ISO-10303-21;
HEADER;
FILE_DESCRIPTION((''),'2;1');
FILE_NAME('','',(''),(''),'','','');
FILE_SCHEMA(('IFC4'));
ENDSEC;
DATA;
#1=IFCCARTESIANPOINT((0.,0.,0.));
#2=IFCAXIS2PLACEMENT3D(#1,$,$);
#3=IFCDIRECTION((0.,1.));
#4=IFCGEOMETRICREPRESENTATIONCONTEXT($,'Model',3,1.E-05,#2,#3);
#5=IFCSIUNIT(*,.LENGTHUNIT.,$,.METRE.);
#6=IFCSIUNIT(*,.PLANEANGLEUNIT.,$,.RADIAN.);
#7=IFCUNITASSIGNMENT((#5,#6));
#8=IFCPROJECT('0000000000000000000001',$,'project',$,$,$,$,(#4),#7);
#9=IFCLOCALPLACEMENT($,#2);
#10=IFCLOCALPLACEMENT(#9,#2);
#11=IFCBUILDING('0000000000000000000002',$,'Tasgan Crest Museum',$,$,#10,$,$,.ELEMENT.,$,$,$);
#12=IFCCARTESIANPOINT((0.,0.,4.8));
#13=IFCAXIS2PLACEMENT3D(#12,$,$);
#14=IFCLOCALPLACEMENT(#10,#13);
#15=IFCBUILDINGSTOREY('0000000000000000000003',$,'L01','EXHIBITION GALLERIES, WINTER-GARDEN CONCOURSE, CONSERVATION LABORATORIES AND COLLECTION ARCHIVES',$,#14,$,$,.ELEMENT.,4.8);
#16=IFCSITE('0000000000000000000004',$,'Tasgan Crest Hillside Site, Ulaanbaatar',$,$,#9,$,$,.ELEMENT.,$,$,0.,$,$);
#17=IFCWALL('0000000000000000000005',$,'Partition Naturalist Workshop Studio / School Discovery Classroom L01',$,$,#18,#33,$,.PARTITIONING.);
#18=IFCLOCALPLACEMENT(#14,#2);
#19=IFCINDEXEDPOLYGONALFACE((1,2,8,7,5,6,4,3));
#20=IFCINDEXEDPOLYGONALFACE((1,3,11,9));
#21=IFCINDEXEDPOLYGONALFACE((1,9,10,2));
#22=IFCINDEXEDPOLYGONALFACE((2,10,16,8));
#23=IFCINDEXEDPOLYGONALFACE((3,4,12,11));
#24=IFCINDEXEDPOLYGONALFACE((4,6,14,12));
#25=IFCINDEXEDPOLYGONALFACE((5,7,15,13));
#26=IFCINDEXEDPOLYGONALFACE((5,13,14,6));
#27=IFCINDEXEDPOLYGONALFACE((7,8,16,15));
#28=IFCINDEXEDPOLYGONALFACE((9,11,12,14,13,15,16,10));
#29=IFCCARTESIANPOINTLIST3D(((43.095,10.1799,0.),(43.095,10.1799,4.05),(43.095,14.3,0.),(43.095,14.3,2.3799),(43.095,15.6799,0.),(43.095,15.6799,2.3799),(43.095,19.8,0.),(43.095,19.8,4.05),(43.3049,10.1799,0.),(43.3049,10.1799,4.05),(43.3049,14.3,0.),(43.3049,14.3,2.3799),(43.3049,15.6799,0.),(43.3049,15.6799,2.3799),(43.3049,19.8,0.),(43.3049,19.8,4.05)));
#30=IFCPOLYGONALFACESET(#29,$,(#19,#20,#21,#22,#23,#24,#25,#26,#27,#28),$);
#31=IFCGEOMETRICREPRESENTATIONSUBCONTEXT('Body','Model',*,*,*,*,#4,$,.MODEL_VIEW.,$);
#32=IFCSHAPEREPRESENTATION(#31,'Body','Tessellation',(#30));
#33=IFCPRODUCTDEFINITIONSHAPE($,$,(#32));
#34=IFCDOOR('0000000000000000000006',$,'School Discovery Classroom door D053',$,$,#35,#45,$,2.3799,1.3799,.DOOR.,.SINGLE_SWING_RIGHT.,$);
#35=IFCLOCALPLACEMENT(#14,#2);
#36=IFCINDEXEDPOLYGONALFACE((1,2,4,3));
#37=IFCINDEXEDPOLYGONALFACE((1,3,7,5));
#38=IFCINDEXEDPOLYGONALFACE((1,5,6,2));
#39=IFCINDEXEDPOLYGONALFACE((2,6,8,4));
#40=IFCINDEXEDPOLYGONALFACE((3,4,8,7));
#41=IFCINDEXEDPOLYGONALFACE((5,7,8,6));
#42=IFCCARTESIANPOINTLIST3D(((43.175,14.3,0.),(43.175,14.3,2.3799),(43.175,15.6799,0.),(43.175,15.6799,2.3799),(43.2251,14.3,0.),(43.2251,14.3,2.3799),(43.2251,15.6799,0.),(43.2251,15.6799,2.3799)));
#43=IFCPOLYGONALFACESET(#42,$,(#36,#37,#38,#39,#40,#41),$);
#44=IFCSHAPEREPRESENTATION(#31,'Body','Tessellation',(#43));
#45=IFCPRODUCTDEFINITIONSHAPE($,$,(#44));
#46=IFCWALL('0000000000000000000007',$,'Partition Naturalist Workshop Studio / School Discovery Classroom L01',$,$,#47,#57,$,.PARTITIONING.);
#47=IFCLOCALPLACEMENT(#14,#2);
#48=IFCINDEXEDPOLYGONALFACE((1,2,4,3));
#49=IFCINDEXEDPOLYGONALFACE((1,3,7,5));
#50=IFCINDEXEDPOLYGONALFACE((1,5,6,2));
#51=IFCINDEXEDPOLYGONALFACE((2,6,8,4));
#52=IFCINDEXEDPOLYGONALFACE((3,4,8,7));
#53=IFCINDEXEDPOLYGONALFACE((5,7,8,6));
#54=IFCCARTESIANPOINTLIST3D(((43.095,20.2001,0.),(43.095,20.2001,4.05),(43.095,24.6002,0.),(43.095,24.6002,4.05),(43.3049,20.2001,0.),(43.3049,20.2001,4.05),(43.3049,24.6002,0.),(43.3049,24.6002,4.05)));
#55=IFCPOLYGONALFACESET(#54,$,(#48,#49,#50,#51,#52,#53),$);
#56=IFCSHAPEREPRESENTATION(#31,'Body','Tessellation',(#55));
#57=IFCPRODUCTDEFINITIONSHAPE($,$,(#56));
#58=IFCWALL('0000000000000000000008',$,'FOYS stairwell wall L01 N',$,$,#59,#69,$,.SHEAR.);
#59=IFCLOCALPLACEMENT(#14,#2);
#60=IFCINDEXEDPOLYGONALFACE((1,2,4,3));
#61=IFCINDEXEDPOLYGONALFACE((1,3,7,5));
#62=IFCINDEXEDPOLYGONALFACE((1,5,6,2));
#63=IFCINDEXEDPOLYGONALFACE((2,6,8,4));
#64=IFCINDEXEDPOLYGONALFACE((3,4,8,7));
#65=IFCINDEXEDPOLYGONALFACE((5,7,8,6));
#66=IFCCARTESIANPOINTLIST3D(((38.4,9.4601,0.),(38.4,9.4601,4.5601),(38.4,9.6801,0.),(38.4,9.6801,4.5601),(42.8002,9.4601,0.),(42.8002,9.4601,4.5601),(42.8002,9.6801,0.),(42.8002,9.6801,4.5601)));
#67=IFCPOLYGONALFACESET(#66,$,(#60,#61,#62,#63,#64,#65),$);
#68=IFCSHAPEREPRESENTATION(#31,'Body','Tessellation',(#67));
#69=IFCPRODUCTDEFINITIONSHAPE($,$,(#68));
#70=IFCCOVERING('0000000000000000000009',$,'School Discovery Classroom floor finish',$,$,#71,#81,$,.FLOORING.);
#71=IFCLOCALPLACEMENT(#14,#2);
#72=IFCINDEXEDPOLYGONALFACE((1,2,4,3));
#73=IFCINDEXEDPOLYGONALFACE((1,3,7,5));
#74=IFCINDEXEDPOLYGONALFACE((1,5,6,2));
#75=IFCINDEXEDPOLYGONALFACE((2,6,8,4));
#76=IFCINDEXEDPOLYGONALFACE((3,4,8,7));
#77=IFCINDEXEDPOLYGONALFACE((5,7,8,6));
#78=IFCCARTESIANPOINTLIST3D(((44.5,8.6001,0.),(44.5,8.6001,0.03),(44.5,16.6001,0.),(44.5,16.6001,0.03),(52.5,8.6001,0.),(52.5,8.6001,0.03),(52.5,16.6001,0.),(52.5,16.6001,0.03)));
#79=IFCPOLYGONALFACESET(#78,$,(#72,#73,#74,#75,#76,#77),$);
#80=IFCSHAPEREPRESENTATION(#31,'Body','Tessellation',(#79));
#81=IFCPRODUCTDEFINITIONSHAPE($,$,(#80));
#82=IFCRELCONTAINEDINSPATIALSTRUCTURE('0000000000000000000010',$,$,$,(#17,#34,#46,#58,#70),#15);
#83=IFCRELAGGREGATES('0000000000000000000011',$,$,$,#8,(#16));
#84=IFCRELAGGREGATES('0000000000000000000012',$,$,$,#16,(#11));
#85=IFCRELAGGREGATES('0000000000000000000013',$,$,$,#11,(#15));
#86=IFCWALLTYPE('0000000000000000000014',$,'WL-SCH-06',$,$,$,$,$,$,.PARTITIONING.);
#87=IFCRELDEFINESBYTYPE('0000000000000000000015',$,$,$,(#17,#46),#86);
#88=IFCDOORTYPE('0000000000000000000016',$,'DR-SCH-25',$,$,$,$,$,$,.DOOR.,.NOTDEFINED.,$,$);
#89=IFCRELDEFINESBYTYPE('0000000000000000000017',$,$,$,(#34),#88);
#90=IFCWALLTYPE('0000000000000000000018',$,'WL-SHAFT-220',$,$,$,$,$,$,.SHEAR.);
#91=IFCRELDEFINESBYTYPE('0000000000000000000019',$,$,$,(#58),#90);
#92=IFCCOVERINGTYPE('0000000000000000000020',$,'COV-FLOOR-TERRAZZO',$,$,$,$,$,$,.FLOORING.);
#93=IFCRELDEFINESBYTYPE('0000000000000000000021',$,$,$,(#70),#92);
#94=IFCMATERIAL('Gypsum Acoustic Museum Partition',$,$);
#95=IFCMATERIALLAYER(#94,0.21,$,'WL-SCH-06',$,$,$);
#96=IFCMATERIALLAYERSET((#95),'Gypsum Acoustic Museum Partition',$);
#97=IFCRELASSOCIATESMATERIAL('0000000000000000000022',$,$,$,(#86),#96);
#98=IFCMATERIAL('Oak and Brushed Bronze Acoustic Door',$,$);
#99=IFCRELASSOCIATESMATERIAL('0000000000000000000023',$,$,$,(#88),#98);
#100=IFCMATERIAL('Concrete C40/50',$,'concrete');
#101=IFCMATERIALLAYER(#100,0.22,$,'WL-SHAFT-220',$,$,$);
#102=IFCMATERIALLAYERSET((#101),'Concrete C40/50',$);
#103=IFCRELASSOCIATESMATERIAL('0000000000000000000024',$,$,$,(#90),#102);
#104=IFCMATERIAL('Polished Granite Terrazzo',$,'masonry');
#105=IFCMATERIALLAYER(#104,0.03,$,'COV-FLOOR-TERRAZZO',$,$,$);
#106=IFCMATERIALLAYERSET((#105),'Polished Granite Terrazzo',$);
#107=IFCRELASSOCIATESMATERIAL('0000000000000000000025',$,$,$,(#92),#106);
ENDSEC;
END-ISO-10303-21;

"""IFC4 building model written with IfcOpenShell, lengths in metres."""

from ifc_helpers import new_model, si_unit, direction, frame, frame_2d, origin, origin_2d, place, context, subcontext, project, spatial, rectangle, extrude, material, layer, layer_set, type_object, element, fill, save


model = new_model("IFC4")

# Units and contexts
model_context = context("Model", 3, precision=1e-05, world=origin(), true_north=direction((0.0, 1.0)))
body_context = subcontext(model_context, "Body", "Model", "MODEL_VIEW")
ifc_project = project(units=[si_unit("LENGTHUNIT", "METRE"), si_unit("PLANEANGLEUNIT", "RADIAN")], contexts=[model_context])

# Site, building, storey
site_placement = place(None, origin())
site = spatial("IfcSite", under=ifc_project, at=site_placement, Name="Tasgan Crest Hillside Site, Ulaanbaatar", CompositionType="ELEMENT", RefElevation=0.0)
building_placement = place(site_placement, origin())
building = spatial("IfcBuilding", under=site, at=building_placement, Name="Tasgan Crest Museum", CompositionType="ELEMENT")
storey_placement = place(building_placement, frame((0.0, 0.0, 4.8)))
storey = spatial("IfcBuildingStorey", under=building, at=storey_placement, Name="L01", Description="EXHIBITION GALLERIES, WINTER-GARDEN CONCOURSE, CONSERVATION LABORATORIES AND COLLECTION ARCHIVES", CompositionType="ELEMENT", Elevation=4.8)

# Wall, opening, door
ifc_material_1 = material(Name="Gypsum Acoustic Museum Partition")
ifc_layer_1 = layer(ifc_material_1, 0.21, Name="WL-SCH-06")
ifc_layer_set_1 = layer_set([ifc_layer_1], Name="Gypsum Acoustic Museum Partition")
wall_type_1 = type_object("IfcWallType", Name="WL-SCH-06", PredefinedType="PARTITIONING", material=ifc_layer_set_1)
wall_1_placement = place(storey_placement, frame((43.2, 10.1799, 0.0), z_axis=(0.0, 0.0, 1.0), x_axis=(0.0, 1.0, 0.0)))
wall_1 = element("IfcWall", 1, at=wall_1_placement, inside=storey, type_object=wall_type_1, Name="Partition Naturalist Workshop Studio / School Discovery Classroom L01", PredefinedType="PARTITIONING", context=body_context, shape_type="SweptSolid", body=[
    extrude(rectangle(XDim=9.6201, YDim=0.21, at=frame_2d((4.8101, 0.0))), origin(), (0.0, 0.0, 1.0), 4.05),
])
opening_placement = place(wall_1_placement, frame((4.1201, 0.0, 0.0)))
opening = element("IfcOpeningElement", 2, at=opening_placement, cuts=wall_1, PredefinedType="OPENING", context=body_context, shape_type="SweptSolid", body=[
    extrude(rectangle(XDim=1.3799, YDim=2.3799, at=frame_2d((0.6899, 1.1899))), frame((0.0, 0.115, 0.0), z_axis=(0.0, -1.0, 0.0), x_axis=(1.0, 0.0, 0.0)), (0.0, 0.0, 1.0), 0.23),
])
ifc_material_2 = material(Name="Oak and Brushed Bronze Acoustic Door")
door_type = type_object("IfcDoorType", Name="DR-SCH-25", OperationType="NOTDEFINED", PredefinedType="DOOR", material=ifc_material_2)
door_placement = place(opening_placement, origin())
door = element("IfcDoor", 3, at=door_placement, inside=storey, type_object=door_type, Name="School Discovery Classroom door D053", OperationType="SINGLE_SWING_RIGHT", OverallHeight=2.3799, OverallWidth=1.3799, PredefinedType="DOOR", context=body_context, shape_type="SweptSolid", body=[
    extrude(rectangle(XDim=1.3799, YDim=2.3799, at=frame_2d((0.6899, 1.1899))), frame((0.0, 0.0249, 0.0), z_axis=(0.0, -1.0, 0.0), x_axis=(1.0, 0.0, 0.0)), (0.0, 0.0, 1.0), 0.05),
])
fill(opening, door)

# Walls
wall_2_placement = place(storey_placement, frame((43.2, 20.2, 0.0), z_axis=(0.0, 0.0, 1.0), x_axis=(0.0, 1.0, 0.0)))
element("IfcWall", 4, at=wall_2_placement, inside=storey, type_object=wall_type_1, Name="Partition Naturalist Workshop Studio / School Discovery Classroom L01", PredefinedType="PARTITIONING", context=body_context, shape_type="SweptSolid", body=[
    extrude(rectangle(XDim=4.4001, YDim=0.21, at=frame_2d((2.2002, 0.0))), origin(), (0.0, 0.0, 1.0), 4.05),
])
ifc_material_3 = material(Name="Concrete C40/50", Category="concrete")
ifc_layer_2 = layer(ifc_material_3, 0.22, Name="WL-SHAFT-220")
ifc_layer_set_2 = layer_set([ifc_layer_2], Name="Concrete C40/50")
wall_type_2 = type_object("IfcWallType", Name="WL-SHAFT-220", PredefinedType="SHEAR", material=ifc_layer_set_2)
wall_3_placement = place(storey_placement, frame((38.3999, 9.5701, 0.0), z_axis=(0.0, 0.0, 1.0), x_axis=(1.0, 0.0, 0.0)))
element("IfcWall", 5, at=wall_3_placement, inside=storey, type_object=wall_type_2, Name="FOYS stairwell wall L01 N", PredefinedType="SHEAR", context=body_context, shape_type="SweptSolid", body=[
    extrude(rectangle(XDim=4.4001, YDim=0.22, at=frame_2d((2.2002, 0.0))), origin(), (0.0, 0.0, 1.0), 4.5601),
])

# Covering
ifc_material_4 = material(Name="Polished Granite Terrazzo", Category="masonry")
ifc_layer_3 = layer(ifc_material_4, 0.03, Name="COV-FLOOR-TERRAZZO")
ifc_layer_set_3 = layer_set([ifc_layer_3], Name="Polished Granite Terrazzo")
covering_type = type_object("IfcCoveringType", Name="COV-FLOOR-TERRAZZO", PredefinedType="FLOORING", material=ifc_layer_set_3)
covering_placement = place(storey_placement, frame((48.5, 12.6001, 0.0), z_axis=(0.0, 0.0, 1.0), x_axis=(1.0, 0.0, 0.0)))
element("IfcCovering", 6, at=covering_placement, inside=storey, type_object=covering_type, Name="School Discovery Classroom floor finish", PredefinedType="FLOORING", context=body_context, shape_type="SweptSolid", body=[
    extrude(rectangle(XDim=8.0, YDim=8.0, at=origin_2d()), origin(), (0.0, 0.0, 1.0), 0.03),
])

save(model, "model.ifc")
